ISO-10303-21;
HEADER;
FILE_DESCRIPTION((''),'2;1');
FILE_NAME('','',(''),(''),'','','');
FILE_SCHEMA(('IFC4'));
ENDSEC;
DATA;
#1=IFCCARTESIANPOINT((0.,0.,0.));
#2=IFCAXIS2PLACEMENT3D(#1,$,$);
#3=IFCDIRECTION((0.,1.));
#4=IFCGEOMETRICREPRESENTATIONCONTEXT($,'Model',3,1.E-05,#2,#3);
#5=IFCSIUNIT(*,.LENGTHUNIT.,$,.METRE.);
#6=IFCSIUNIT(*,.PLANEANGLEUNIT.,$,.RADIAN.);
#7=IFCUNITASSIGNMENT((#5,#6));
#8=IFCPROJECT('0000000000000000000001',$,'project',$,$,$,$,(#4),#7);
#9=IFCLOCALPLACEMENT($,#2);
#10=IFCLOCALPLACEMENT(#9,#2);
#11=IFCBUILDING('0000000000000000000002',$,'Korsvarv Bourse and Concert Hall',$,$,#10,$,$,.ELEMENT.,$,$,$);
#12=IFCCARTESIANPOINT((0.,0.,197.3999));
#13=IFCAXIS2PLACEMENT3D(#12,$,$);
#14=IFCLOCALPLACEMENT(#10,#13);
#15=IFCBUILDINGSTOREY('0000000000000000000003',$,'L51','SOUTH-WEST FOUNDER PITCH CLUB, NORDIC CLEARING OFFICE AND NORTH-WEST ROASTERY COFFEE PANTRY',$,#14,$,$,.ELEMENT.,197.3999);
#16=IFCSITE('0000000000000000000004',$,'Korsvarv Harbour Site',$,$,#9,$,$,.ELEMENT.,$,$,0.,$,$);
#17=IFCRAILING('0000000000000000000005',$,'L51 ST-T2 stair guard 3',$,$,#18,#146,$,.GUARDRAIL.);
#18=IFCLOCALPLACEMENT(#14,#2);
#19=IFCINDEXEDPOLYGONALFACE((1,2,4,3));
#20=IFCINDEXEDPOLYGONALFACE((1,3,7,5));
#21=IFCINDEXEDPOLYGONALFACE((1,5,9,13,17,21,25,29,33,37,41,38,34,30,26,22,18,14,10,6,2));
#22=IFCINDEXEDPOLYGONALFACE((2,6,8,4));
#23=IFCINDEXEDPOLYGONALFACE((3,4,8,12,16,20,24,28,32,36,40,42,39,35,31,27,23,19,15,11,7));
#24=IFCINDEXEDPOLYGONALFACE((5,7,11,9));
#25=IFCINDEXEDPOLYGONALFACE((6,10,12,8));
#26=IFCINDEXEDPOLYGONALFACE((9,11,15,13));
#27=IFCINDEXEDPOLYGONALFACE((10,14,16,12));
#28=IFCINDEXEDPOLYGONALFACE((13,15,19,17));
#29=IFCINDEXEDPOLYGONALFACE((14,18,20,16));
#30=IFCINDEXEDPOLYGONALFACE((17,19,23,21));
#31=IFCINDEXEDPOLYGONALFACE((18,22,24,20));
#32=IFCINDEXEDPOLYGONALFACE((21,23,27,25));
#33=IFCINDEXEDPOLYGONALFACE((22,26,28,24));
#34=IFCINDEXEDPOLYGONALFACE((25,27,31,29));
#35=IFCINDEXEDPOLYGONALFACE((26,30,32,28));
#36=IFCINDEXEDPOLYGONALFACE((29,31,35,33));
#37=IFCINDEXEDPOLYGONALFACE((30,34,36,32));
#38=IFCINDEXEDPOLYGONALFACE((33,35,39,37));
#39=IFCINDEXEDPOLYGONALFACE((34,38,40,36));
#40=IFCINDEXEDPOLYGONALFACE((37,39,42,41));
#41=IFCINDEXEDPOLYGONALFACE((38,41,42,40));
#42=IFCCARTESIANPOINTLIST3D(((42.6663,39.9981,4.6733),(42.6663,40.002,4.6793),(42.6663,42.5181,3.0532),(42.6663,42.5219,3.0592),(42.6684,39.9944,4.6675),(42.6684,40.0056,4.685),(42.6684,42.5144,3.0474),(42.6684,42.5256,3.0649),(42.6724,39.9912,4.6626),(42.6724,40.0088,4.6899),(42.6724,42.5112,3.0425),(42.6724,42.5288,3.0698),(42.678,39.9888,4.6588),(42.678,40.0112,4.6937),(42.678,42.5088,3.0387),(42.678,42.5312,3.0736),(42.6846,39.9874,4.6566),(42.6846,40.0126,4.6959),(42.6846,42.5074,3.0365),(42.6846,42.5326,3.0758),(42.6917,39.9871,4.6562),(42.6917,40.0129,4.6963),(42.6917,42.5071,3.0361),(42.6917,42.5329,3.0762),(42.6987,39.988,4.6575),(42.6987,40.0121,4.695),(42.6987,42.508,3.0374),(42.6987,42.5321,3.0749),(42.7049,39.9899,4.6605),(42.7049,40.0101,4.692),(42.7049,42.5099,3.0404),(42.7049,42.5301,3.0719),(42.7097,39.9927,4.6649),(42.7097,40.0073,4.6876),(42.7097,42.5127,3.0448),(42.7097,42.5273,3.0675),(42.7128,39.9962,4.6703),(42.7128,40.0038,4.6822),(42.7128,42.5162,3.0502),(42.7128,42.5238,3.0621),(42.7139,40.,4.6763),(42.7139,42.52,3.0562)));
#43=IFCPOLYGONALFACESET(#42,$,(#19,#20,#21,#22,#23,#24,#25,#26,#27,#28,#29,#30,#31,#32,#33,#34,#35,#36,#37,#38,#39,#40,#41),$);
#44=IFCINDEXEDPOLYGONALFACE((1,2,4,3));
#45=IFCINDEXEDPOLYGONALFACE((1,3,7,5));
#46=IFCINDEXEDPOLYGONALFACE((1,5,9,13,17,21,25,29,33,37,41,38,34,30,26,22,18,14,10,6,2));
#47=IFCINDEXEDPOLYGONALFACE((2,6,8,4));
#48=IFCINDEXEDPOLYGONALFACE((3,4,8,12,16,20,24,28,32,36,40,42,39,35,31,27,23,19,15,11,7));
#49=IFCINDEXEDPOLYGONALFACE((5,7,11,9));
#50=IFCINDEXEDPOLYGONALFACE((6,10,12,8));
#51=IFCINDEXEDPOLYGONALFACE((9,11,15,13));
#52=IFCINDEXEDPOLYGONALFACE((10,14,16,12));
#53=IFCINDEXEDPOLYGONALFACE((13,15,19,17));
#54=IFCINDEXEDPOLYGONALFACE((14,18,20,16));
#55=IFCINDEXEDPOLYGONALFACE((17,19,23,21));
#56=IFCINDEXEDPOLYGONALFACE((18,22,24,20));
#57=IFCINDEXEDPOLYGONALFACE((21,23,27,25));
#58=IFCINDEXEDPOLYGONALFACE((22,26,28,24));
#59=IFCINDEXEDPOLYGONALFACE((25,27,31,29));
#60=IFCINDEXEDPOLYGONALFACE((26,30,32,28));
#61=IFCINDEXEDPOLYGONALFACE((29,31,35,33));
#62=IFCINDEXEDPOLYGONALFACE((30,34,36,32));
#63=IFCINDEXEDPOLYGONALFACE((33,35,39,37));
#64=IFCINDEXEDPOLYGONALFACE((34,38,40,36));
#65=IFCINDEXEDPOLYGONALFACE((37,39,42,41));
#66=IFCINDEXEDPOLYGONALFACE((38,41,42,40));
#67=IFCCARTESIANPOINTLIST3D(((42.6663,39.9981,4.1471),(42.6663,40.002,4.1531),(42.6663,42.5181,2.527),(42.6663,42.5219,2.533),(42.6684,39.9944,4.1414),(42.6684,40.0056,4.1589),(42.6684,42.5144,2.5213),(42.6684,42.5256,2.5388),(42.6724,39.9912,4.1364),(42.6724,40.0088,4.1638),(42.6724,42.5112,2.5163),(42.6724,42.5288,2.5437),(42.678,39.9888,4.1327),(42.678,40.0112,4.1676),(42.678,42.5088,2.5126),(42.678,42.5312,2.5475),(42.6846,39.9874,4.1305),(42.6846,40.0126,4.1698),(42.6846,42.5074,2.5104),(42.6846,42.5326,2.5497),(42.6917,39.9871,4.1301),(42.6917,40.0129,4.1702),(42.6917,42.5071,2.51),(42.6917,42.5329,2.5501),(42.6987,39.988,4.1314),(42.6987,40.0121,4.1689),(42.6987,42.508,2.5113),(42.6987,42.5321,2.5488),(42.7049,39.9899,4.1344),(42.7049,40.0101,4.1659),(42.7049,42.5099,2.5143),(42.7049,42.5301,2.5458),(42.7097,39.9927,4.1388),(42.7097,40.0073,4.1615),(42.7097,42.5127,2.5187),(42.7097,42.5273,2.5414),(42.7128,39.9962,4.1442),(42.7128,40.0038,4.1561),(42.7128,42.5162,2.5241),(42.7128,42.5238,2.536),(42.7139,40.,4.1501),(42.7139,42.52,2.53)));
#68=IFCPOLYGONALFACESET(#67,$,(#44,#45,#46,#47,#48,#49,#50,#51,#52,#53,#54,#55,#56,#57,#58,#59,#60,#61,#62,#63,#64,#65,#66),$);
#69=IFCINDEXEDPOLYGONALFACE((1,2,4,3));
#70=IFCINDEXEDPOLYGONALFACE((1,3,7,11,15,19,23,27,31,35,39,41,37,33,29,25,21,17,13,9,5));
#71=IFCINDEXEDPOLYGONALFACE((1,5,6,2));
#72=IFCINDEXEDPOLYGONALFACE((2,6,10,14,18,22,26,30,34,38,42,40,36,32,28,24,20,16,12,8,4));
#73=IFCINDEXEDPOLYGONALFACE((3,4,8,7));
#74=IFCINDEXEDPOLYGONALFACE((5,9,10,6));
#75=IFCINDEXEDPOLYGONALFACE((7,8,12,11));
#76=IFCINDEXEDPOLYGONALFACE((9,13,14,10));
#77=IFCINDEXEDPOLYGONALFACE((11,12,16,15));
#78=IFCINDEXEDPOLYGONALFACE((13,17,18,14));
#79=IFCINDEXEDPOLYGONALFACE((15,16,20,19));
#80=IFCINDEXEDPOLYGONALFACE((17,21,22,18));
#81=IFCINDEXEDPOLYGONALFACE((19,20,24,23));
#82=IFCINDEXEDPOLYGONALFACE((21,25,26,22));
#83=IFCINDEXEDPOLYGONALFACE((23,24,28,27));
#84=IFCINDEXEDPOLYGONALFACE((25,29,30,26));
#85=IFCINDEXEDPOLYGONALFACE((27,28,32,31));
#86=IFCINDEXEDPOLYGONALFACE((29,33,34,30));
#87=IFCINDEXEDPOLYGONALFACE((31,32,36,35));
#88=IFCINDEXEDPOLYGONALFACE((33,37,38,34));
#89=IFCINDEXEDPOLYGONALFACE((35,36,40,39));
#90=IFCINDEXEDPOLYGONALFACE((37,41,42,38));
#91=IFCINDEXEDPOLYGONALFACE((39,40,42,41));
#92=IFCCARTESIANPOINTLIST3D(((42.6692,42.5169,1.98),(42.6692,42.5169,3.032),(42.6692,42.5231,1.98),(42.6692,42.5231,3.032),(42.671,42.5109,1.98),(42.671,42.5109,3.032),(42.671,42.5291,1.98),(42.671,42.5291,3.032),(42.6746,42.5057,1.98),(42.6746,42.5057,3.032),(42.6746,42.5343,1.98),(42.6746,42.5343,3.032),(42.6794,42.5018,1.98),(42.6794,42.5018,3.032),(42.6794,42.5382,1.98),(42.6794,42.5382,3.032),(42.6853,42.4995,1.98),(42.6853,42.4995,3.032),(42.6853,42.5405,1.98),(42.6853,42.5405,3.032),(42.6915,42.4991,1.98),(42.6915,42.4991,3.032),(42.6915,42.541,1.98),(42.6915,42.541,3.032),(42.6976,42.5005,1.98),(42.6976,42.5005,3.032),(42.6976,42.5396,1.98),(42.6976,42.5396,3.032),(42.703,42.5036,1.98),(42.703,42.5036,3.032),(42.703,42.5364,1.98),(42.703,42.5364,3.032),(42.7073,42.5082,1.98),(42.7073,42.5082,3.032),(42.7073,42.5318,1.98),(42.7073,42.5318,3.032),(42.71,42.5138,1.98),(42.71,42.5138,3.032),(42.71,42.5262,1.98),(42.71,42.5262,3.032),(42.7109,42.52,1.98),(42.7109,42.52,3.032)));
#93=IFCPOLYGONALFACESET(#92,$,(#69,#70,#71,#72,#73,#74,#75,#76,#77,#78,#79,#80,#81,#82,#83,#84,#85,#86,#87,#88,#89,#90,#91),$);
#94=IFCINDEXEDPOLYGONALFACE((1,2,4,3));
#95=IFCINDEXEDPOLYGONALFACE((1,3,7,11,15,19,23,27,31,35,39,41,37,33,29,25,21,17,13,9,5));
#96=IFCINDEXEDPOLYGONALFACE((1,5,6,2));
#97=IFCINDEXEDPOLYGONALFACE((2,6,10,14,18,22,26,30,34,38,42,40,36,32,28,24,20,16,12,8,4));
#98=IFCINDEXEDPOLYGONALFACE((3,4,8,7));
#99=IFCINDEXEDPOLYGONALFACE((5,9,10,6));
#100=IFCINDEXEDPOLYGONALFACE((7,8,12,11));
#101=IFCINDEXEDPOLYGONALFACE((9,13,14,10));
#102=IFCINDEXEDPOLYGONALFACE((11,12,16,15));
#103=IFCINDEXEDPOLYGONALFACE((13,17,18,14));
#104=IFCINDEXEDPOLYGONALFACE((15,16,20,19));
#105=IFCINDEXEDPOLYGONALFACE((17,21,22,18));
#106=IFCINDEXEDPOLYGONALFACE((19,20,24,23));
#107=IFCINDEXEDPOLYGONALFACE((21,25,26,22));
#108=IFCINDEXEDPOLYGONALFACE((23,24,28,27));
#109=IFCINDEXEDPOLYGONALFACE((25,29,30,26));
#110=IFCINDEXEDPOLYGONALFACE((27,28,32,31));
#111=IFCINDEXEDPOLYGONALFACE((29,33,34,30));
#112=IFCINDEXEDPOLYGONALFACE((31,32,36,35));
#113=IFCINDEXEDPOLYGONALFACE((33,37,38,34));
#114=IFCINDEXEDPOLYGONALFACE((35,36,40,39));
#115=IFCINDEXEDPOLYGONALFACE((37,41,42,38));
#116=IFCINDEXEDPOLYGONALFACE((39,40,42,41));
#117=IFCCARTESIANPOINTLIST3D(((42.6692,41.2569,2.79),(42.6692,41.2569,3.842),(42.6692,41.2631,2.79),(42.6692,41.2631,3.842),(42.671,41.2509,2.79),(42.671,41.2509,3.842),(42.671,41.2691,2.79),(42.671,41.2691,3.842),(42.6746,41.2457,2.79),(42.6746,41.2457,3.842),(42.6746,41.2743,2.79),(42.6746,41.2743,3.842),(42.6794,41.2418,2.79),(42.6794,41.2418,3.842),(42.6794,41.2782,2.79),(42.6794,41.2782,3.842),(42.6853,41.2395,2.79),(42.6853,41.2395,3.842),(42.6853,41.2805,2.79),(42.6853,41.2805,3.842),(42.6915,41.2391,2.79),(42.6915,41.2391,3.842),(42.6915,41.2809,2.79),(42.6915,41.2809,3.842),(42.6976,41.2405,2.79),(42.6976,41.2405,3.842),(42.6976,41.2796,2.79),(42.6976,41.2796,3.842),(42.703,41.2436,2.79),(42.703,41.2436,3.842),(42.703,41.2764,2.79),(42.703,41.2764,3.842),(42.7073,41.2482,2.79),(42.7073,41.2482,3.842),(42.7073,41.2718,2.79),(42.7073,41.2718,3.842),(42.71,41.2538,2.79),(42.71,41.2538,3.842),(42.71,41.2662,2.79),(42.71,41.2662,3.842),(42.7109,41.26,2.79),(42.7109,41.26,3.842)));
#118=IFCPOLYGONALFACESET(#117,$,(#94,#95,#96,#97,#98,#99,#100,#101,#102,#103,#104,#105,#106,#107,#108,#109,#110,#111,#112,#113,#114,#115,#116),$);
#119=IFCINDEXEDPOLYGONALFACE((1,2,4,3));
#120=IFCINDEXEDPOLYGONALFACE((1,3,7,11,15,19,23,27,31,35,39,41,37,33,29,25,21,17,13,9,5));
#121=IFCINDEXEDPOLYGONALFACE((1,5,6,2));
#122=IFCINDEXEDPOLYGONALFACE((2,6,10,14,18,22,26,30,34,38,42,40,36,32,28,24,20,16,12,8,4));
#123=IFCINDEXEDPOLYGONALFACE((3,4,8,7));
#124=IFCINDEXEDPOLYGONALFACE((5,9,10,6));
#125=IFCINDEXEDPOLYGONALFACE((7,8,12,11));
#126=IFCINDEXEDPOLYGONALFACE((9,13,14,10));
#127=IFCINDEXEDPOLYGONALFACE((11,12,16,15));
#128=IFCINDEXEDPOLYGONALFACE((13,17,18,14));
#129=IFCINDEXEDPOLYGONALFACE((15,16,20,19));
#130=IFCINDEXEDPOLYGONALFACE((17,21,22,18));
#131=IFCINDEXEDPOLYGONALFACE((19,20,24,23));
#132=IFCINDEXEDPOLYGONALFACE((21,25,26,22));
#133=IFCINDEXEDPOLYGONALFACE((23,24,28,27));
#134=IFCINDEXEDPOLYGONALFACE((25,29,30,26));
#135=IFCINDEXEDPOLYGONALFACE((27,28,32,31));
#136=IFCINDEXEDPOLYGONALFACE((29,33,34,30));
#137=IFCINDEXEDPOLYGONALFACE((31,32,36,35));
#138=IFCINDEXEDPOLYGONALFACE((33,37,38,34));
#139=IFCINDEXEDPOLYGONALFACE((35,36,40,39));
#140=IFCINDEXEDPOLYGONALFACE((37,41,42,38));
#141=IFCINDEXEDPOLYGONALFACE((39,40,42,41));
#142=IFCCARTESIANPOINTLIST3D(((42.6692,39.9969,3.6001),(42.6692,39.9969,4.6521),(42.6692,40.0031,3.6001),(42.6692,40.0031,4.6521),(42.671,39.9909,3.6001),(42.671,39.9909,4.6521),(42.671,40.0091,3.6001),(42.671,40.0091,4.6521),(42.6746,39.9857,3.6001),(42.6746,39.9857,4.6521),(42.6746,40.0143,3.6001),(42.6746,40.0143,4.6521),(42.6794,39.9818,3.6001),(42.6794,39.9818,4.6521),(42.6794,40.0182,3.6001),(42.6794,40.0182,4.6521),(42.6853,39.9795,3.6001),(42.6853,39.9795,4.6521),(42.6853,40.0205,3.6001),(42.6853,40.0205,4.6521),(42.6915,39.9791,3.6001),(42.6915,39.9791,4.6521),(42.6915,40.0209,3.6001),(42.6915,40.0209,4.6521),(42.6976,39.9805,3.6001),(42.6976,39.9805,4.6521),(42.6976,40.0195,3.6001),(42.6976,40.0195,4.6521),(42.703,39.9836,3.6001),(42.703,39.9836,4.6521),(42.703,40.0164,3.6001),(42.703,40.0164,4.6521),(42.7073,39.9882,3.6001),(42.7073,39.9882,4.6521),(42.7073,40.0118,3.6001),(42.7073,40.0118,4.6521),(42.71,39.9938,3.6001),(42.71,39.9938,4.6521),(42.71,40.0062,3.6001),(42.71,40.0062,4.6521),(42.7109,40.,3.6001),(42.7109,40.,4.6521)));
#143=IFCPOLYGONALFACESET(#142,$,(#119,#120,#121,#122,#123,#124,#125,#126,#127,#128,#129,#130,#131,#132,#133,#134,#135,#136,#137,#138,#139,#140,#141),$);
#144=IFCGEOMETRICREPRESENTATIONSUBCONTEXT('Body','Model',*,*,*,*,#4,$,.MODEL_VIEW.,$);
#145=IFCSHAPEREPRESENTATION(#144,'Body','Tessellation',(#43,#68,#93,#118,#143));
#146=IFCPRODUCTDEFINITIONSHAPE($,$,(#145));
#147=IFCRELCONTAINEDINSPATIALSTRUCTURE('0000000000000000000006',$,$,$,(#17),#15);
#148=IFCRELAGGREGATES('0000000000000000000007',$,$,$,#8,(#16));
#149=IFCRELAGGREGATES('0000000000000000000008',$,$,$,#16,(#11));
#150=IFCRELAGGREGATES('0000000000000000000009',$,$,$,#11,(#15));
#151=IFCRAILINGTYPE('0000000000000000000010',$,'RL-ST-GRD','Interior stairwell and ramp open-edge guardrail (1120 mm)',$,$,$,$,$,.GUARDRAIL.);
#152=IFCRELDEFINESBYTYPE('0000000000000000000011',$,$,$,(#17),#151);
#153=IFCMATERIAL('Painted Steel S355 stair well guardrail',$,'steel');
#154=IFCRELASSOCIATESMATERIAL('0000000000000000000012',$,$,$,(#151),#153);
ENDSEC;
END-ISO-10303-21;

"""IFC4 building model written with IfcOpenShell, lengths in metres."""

from ifc_helpers import new_model, si_unit, direction, frame, origin, origin_2d, place, context, subcontext, project, spatial, circle, extrude, material, type_object, element, save


model = new_model("IFC4")

# Units and contexts
model_context = context("Model", 3, precision=1e-05, world=origin(), true_north=direction((0.0, 1.0)))
body_context = subcontext(model_context, "Body", "Model", "MODEL_VIEW")
ifc_project = project(units=[si_unit("LENGTHUNIT", "METRE"), si_unit("PLANEANGLEUNIT", "RADIAN")], contexts=[model_context])

# Site, building, storey
site_placement = place(None, origin())
site = spatial("IfcSite", under=ifc_project, at=site_placement, Name="Korsvarv Harbour Site", CompositionType="ELEMENT", RefElevation=0.0)
building_placement = place(site_placement, origin())
building = spatial("IfcBuilding", under=site, at=building_placement, Name="Korsvarv Bourse and Concert Hall", CompositionType="ELEMENT")
storey_placement = place(building_placement, frame((0.0, 0.0, 197.3999)))
storey = spatial("IfcBuildingStorey", under=building, at=storey_placement, Name="L51", Description="SOUTH-WEST FOUNDER PITCH CLUB, NORDIC CLEARING OFFICE AND NORTH-WEST ROASTERY COFFEE PANTRY", CompositionType="ELEMENT", Elevation=197.3999)

# Railing
ifc_material_1 = material(Name="Painted Steel S355 stair well guardrail", Category="steel")
railing_type_1 = type_object("IfcRailingType", Name="RL-ST-GRD", Description="Interior stairwell and ramp open-edge guardrail (1120 mm)", PredefinedType="GUARDRAIL", material=ifc_material_1)
railing_1_placement = place(storey_placement, frame((42.6899, 42.52, 1.98)))
element("IfcRailing", 1, at=railing_1_placement, inside=storey, type_object=railing_type_1, Name="L51 ST-T2 stair guard 3", PredefinedType="GUARDRAIL", context=body_context, shape_type="SweptSolid", body=[
    extrude(circle(Radius=0.0239, at=origin_2d()), frame((0.0, 0.0, 1.0762), z_axis=(0.0, -0.841163, 0.540782), x_axis=(1.0, 0.0, 0.0)), (0.0, 0.0, 1.0), 2.9958),
    extrude(circle(Radius=0.0239, at=origin_2d()), frame((0.0, 0.0, 0.55), z_axis=(0.0, -0.841163, 0.540782), x_axis=(1.0, 0.0, 0.0)), (0.0, 0.0, 1.0), 2.9958),
    extrude(circle(Radius=0.021, at=origin_2d()), origin(), (0.0, 0.0, 1.0), 1.052),
    extrude(circle(Radius=0.021, at=origin_2d()), frame((0.0, -1.26, 0.8101)), (0.0, 0.0, 1.0), 1.052),
    extrude(circle(Radius=0.021, at=origin_2d()), frame((0.0, -2.52, 1.6201)), (0.0, 0.0, 1.0), 1.052),
])

save(model, "model.ifc")
